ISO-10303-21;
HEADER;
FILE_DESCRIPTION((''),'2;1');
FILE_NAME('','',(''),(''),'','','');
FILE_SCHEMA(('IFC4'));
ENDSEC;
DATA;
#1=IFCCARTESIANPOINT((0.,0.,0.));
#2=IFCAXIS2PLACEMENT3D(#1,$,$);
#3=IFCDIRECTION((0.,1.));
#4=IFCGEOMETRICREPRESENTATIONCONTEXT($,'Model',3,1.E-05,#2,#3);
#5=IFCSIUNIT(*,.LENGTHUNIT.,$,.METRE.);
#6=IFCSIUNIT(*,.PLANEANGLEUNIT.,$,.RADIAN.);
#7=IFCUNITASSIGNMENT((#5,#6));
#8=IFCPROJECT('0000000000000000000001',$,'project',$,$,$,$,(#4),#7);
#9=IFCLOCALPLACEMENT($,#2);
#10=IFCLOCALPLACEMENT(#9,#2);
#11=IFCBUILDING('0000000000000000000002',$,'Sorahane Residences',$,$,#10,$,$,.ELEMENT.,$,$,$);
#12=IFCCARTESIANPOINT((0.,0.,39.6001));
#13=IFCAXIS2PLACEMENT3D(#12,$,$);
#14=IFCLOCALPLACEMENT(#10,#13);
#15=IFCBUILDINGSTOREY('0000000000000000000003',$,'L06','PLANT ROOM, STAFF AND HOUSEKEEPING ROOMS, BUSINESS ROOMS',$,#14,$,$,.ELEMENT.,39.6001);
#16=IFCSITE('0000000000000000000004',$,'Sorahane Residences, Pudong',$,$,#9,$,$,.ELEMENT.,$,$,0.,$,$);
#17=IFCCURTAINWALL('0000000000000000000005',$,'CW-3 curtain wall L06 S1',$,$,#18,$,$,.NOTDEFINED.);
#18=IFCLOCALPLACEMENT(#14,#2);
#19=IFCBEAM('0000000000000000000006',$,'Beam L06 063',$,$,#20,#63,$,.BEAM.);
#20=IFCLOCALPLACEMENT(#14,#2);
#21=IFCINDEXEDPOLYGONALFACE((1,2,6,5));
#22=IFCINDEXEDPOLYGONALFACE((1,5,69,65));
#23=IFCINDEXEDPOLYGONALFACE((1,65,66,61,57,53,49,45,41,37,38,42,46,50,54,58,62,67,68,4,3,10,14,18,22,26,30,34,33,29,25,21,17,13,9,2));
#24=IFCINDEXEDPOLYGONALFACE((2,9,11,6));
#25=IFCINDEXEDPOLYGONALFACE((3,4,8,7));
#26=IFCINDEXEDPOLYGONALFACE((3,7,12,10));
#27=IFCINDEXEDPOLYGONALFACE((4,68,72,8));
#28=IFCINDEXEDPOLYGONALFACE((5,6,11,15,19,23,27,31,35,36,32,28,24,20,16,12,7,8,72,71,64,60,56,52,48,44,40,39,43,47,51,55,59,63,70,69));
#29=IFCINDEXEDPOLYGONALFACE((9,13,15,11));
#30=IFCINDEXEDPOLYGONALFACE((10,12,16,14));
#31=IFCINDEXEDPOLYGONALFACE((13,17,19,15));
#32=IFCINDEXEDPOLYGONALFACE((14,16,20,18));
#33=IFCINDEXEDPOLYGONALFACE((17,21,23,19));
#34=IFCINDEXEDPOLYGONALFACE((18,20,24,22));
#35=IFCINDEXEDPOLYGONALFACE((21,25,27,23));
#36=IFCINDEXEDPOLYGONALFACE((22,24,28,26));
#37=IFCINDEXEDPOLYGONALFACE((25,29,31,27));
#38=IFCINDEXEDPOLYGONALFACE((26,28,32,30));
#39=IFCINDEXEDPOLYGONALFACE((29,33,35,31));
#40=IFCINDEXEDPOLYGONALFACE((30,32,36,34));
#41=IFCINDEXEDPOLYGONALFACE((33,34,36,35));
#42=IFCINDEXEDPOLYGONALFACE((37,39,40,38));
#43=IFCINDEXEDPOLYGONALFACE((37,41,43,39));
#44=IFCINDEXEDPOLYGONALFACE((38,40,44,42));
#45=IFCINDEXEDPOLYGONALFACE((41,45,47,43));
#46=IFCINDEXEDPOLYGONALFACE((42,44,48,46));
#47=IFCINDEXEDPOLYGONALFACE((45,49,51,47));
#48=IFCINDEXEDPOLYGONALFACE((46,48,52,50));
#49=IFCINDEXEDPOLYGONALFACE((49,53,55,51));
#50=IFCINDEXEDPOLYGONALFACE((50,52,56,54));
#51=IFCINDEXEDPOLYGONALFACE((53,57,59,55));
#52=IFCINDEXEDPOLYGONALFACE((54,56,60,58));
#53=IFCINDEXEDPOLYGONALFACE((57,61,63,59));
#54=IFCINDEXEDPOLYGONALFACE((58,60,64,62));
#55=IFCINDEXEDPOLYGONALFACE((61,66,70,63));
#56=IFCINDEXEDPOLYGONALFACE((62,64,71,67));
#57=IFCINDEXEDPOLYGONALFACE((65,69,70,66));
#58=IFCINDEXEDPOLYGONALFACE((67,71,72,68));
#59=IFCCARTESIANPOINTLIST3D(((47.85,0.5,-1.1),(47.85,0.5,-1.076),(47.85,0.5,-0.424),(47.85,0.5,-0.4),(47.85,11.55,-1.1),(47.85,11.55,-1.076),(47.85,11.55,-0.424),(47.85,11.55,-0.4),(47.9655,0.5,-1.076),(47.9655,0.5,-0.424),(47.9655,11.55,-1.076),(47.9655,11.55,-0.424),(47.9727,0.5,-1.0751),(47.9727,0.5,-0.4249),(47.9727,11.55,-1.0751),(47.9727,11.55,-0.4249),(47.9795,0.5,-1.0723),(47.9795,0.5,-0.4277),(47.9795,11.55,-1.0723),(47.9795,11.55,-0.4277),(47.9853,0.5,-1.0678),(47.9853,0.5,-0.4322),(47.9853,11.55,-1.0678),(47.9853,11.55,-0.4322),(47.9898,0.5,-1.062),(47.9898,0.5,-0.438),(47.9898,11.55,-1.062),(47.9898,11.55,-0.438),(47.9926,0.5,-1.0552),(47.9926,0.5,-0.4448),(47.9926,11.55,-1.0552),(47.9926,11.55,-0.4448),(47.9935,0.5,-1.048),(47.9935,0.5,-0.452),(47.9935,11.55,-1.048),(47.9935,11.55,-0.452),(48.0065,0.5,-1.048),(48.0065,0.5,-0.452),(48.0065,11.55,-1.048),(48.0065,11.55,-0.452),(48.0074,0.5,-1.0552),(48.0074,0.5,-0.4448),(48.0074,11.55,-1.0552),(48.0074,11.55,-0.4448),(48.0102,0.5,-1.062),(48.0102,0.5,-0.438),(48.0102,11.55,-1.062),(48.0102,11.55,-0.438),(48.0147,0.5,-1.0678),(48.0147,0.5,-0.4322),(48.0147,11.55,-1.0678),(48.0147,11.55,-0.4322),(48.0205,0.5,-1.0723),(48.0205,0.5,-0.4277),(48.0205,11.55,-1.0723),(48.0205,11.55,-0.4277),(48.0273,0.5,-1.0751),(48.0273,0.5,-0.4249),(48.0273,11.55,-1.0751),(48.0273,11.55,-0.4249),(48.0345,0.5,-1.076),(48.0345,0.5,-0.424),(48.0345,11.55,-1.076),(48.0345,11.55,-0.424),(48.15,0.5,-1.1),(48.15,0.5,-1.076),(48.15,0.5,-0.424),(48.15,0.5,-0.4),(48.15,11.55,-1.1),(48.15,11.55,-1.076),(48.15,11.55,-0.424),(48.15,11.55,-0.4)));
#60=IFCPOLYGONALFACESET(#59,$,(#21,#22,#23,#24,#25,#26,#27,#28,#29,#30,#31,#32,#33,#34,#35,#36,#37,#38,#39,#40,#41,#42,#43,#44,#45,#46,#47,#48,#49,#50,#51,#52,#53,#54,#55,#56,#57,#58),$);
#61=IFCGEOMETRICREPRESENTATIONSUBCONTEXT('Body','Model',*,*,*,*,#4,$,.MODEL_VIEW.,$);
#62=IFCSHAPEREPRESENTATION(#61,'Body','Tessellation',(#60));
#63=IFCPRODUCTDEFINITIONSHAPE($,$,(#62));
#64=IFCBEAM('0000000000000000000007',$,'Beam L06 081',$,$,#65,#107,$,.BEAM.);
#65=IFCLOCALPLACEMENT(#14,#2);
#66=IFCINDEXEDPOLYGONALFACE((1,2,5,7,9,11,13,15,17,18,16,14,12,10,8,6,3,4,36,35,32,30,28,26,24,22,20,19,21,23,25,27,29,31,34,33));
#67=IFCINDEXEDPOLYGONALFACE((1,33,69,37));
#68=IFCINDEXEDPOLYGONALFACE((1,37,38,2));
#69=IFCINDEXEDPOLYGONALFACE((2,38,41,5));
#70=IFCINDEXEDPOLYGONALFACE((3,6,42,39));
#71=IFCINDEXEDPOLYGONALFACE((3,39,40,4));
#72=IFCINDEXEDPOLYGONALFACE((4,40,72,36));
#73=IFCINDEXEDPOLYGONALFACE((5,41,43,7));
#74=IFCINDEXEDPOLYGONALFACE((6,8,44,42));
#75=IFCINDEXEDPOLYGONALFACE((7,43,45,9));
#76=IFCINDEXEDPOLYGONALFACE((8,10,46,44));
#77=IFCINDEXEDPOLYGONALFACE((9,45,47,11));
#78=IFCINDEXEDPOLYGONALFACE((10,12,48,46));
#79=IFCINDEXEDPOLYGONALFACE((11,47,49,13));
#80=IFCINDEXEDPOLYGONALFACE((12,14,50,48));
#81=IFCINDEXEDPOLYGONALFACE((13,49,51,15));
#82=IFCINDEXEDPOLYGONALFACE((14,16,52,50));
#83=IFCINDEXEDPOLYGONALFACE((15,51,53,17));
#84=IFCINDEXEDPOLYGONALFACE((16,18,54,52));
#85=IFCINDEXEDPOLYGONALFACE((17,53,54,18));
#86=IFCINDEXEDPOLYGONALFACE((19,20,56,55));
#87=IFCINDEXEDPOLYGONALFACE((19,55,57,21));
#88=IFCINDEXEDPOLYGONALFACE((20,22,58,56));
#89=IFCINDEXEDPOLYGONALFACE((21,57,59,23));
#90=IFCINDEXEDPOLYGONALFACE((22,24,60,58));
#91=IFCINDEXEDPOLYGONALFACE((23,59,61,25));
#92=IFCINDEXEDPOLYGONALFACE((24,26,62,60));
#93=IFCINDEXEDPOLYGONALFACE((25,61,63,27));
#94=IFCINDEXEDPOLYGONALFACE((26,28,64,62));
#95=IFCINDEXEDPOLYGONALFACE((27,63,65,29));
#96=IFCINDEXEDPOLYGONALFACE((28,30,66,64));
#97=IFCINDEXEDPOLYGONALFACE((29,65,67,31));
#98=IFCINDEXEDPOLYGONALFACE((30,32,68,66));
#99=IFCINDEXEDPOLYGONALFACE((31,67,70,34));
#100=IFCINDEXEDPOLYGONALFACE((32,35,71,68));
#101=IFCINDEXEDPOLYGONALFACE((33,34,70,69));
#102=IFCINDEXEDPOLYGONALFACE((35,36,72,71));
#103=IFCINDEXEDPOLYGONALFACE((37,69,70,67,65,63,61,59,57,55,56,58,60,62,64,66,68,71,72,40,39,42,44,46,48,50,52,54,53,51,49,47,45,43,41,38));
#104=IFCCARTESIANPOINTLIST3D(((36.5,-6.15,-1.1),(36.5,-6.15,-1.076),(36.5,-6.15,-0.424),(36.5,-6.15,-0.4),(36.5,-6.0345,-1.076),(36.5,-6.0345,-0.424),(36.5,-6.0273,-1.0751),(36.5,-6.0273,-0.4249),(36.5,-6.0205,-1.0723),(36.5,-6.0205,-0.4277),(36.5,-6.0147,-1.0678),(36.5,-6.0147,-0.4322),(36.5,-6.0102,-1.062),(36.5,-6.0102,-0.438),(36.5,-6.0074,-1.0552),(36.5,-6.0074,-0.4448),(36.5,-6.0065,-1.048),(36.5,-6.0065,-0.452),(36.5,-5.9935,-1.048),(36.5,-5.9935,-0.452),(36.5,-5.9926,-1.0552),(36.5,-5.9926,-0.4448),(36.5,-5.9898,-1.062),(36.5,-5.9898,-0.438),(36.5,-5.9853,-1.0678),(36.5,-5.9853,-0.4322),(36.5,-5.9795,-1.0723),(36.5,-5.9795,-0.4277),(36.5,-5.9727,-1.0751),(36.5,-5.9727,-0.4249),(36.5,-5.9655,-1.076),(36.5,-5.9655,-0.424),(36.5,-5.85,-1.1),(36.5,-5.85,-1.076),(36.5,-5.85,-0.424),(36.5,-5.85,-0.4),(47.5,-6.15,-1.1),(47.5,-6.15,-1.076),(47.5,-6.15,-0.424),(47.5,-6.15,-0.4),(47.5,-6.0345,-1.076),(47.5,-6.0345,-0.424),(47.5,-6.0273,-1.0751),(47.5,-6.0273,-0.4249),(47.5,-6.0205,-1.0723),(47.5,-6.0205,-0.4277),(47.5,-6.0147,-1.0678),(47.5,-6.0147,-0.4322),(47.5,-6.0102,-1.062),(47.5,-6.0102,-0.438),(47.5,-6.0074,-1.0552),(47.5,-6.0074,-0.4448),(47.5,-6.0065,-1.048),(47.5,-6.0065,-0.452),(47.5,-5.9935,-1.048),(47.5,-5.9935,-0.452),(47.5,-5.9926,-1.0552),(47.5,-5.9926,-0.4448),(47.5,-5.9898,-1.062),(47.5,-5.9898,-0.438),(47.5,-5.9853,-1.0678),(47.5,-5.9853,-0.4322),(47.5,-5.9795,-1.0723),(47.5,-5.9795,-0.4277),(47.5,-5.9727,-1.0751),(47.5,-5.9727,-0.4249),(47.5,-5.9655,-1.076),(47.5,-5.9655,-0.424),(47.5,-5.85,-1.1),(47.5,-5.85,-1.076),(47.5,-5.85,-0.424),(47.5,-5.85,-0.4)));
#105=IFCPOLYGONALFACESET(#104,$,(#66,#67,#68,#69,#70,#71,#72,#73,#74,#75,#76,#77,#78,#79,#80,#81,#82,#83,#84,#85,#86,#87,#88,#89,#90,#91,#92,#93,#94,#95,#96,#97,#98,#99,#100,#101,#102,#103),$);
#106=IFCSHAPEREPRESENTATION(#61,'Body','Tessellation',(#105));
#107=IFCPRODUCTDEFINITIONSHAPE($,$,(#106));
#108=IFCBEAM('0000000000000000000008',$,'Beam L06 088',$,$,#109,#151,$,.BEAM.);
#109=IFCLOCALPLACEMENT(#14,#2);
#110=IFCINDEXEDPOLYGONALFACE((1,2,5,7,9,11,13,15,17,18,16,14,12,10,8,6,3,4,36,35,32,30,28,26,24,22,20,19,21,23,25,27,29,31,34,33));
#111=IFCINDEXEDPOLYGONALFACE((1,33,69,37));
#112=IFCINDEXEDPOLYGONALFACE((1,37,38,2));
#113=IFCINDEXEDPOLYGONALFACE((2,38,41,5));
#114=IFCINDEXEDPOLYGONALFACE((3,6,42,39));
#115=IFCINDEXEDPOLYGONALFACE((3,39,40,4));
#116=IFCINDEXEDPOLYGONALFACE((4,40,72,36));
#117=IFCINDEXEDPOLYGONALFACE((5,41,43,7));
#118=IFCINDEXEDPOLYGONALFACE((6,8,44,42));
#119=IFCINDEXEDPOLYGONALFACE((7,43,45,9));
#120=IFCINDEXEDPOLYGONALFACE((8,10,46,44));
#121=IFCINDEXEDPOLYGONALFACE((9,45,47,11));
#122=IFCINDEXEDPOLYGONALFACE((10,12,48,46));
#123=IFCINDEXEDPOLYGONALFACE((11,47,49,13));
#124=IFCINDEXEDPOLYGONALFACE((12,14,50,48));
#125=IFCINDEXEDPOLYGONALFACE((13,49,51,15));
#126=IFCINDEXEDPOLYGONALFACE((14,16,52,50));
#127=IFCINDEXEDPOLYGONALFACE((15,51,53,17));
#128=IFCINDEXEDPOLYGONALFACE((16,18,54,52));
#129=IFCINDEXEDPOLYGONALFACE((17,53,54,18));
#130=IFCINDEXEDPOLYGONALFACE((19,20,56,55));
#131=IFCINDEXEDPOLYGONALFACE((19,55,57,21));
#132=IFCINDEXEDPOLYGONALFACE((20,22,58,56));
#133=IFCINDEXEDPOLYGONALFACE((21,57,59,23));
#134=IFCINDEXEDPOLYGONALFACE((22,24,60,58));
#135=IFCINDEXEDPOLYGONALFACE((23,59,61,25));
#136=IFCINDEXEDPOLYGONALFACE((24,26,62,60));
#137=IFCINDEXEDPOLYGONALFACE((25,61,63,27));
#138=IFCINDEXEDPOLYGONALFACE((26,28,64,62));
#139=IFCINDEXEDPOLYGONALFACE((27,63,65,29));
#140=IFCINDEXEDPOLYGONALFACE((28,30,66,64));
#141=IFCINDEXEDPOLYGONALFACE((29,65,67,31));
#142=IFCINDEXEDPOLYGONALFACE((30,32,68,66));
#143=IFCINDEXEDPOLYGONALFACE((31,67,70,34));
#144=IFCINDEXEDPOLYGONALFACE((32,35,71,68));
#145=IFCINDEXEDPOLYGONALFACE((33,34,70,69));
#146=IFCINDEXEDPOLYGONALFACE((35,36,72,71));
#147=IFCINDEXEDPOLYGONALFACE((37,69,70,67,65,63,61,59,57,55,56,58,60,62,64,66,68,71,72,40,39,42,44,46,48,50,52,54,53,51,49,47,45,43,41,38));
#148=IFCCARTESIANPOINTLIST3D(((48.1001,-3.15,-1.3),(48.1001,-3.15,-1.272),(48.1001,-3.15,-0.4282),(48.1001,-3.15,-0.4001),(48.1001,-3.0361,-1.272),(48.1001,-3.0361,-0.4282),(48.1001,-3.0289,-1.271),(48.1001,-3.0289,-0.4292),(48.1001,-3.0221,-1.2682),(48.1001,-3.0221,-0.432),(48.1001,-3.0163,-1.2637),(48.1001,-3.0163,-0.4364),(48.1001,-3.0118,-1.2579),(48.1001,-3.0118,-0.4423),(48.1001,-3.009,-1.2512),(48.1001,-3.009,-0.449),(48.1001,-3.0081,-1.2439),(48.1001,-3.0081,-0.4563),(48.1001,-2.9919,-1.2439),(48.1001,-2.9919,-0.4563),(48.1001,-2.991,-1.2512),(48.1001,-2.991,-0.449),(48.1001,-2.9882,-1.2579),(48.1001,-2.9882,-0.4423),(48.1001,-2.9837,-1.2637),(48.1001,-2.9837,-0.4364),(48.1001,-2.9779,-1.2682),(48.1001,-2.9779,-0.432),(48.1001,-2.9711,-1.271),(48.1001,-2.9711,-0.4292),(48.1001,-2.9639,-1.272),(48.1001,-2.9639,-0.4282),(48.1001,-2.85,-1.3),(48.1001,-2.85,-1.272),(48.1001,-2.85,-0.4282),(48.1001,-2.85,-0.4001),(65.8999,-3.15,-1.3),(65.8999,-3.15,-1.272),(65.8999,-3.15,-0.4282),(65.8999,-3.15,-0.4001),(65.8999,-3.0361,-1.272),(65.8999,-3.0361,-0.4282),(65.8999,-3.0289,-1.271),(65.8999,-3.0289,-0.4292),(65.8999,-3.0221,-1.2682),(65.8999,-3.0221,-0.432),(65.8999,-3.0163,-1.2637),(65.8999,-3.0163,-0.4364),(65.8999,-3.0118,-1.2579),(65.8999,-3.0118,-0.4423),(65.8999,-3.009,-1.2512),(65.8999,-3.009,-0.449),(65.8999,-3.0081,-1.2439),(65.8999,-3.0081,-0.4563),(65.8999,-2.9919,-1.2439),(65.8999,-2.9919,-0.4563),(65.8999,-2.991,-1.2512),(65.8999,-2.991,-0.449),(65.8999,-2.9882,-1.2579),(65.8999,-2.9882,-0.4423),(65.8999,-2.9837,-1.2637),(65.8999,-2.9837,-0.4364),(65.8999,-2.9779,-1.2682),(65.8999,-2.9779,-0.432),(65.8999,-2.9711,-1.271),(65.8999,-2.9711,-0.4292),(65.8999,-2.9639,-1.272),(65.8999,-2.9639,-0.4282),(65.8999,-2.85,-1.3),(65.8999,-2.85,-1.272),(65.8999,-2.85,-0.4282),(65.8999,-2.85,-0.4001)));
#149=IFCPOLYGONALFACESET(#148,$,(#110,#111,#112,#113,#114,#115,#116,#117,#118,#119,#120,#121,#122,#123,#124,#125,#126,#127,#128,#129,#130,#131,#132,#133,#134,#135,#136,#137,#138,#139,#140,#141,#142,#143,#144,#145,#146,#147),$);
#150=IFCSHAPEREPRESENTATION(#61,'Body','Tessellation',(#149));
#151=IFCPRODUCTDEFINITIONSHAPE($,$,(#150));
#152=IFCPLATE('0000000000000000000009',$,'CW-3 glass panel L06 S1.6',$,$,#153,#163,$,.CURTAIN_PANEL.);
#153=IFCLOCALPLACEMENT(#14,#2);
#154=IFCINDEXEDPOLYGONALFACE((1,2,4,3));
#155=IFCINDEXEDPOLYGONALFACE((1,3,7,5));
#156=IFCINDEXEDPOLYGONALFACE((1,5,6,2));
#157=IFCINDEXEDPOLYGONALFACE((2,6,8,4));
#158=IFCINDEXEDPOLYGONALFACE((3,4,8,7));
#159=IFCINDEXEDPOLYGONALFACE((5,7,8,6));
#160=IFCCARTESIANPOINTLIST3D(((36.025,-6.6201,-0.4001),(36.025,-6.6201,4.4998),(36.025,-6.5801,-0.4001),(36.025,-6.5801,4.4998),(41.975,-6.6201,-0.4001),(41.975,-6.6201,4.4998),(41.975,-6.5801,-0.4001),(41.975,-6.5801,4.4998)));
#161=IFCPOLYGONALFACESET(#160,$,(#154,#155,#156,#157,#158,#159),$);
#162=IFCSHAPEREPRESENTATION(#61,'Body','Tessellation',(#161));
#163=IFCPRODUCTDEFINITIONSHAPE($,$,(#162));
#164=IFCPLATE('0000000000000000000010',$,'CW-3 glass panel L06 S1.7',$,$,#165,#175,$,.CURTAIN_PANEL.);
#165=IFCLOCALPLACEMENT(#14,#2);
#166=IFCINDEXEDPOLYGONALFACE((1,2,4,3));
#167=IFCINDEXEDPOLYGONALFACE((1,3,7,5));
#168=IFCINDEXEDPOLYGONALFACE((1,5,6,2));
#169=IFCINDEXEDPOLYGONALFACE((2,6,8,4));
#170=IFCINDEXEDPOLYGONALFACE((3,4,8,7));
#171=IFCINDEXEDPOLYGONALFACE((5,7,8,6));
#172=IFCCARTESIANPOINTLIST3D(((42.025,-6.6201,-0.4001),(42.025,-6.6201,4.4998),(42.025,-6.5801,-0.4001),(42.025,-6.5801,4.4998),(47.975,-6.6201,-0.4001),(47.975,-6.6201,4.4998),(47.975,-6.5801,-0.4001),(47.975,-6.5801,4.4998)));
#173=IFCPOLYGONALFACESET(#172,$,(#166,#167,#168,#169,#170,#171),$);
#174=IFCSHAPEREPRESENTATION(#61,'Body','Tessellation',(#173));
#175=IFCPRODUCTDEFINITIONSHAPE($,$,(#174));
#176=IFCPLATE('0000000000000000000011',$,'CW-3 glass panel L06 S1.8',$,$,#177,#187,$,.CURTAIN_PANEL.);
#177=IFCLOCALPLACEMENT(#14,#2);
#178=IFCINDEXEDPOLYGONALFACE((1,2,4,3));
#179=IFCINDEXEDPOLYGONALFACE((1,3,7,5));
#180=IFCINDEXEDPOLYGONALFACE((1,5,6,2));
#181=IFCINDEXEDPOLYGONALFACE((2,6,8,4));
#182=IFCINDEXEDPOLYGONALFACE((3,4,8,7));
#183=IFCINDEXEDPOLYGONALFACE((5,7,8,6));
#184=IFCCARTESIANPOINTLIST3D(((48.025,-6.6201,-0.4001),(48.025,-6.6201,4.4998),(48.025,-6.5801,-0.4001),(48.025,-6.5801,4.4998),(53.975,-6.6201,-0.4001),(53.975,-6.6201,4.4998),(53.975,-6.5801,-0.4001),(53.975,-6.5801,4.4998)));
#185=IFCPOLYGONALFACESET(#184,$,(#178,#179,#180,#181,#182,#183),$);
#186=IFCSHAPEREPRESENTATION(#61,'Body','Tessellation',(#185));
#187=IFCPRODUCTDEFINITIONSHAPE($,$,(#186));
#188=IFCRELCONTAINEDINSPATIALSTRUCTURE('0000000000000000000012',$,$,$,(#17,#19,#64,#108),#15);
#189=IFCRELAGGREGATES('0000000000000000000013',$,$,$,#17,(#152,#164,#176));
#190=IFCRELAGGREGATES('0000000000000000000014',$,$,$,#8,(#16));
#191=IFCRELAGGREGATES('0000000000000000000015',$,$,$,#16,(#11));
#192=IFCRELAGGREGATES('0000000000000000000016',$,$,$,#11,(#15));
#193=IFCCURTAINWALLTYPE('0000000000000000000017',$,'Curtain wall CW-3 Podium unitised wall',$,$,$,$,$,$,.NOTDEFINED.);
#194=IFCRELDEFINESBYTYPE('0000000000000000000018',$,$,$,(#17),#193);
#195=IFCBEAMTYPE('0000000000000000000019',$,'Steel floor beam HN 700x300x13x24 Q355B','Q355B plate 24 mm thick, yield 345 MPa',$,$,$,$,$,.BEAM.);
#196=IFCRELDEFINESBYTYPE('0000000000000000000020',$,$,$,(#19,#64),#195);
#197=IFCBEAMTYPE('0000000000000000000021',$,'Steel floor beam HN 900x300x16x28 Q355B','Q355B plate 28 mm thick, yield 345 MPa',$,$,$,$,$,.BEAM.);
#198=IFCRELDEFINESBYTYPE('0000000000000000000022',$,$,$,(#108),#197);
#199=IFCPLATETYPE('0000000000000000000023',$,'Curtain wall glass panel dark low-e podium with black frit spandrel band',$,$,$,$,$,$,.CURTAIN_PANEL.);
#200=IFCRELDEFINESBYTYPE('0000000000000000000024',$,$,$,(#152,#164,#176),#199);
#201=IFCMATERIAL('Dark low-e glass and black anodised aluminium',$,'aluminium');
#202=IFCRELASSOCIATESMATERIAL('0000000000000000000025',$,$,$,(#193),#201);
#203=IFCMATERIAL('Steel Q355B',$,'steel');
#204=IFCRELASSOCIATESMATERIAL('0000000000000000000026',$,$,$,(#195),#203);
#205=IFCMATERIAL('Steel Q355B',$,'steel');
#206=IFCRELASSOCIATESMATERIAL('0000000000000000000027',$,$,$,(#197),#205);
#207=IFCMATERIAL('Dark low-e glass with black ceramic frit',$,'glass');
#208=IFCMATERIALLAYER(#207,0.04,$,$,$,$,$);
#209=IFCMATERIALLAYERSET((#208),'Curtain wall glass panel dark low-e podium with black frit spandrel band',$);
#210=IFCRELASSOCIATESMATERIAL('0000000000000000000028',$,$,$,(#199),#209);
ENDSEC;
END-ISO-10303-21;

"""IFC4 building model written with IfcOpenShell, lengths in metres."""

from ifc_helpers import new_model, si_unit, direction, frame, origin, origin_2d, place, context, subcontext, project, spatial, rectangle, i_section, extrude, material, layer, layer_set, material_profile, profile_set, type_object, element, aggregate, save


model = new_model("IFC4")

# Units and contexts
model_context = context("Model", 3, precision=1e-05, world=origin(), true_north=direction((0.0, 1.0)))
body_context = subcontext(model_context, "Body", "Model", "MODEL_VIEW")
ifc_project = project(units=[si_unit("LENGTHUNIT", "METRE"), si_unit("PLANEANGLEUNIT", "RADIAN")], contexts=[model_context])

# Site, building, storey
site_placement = place(None, origin())
site = spatial("IfcSite", under=ifc_project, at=site_placement, Name="Sorahane Residences, Pudong", CompositionType="ELEMENT", RefElevation=0.0)
building_placement = place(site_placement, origin())
building = spatial("IfcBuilding", under=site, at=building_placement, Name="Sorahane Residences", CompositionType="ELEMENT")
storey_placement = place(building_placement, frame((0.0, 0.0, 39.6001)))
storey = spatial("IfcBuildingStorey", under=building, at=storey_placement, Name="L06", Description="PLANT ROOM, STAFF AND HOUSEKEEPING ROOMS, BUSINESS ROOMS", CompositionType="ELEMENT", Elevation=39.6001)

# Curtain wall
ifc_material_1 = material(Name="Dark low-e glass and black anodised aluminium", Category="aluminium")
curtain_wall_type = type_object("IfcCurtainWallType", Name="Curtain wall CW-3 Podium unitised wall", PredefinedType="NOTDEFINED", material=ifc_material_1)
curtain_wall_placement = place(storey_placement, origin())
curtain_wall = element("IfcCurtainWall", 1, at=curtain_wall_placement, inside=storey, type_object=curtain_wall_type, Name="CW-3 curtain wall L06 S1", PredefinedType="NOTDEFINED")

# Beams
ifc_material_2 = material(Name="Steel Q355B", Category="steel")
ifc_material_profile_1 = material_profile(ifc_material_2, i_section(OverallWidth=0.3, OverallDepth=0.7, WebThickness=0.0129, FlangeThickness=0.0239, FilletRadius=0.0281, at=origin_2d()), Name="HN 700x300x13x24")
ifc_profile_set_1 = profile_set([ifc_material_profile_1], Name="Steel Q355B")
beam_type_1 = type_object("IfcBeamType", Name="Steel floor beam HN 700x300x13x24 Q355B", Description="Q355B plate 24 mm thick, yield 345 MPa", PredefinedType="BEAM", material=ifc_profile_set_1)
beam_1_placement = place(storey_placement, frame((48.0, 0.5, -0.75), z_axis=(0.0, 1.0, 0.0), x_axis=(-1.0, 0.0, 0.0)))
element("IfcBeam", 2, at=beam_1_placement, inside=storey, type_object=beam_type_1, Name="Beam L06 063", PredefinedType="BEAM", context=body_context, shape_type="SweptSolid", body=[
    extrude(i_section(OverallWidth=0.3, OverallDepth=0.7, WebThickness=0.0129, FlangeThickness=0.0239, FilletRadius=0.0281, at=origin_2d()), origin(), (0.0, 0.0, 1.0), 11.05),
])
beam_2_placement = place(storey_placement, frame((36.5, -6.0, -0.75), z_axis=(1.0, 0.0, 0.0), x_axis=(0.0, 1.0, 0.0)))
element("IfcBeam", 3, at=beam_2_placement, inside=storey, type_object=beam_type_1, Name="Beam L06 081", PredefinedType="BEAM", context=body_context, shape_type="SweptSolid", body=[
    extrude(i_section(OverallWidth=0.3, OverallDepth=0.7, WebThickness=0.0129, FlangeThickness=0.0239, FilletRadius=0.0281, at=origin_2d()), origin(), (0.0, 0.0, 1.0), 11.0),
])
ifc_material_3 = material(Name="Steel Q355B", Category="steel")
ifc_material_profile_2 = material_profile(ifc_material_3, i_section(OverallWidth=0.3, OverallDepth=0.8999, WebThickness=0.0161, FlangeThickness=0.0281, FilletRadius=0.0281, at=origin_2d()), Name="HN 900x300x16x28")
ifc_profile_set_2 = profile_set([ifc_material_profile_2], Name="Steel Q355B")
beam_type_2 = type_object("IfcBeamType", Name="Steel floor beam HN 900x300x16x28 Q355B", Description="Q355B plate 28 mm thick, yield 345 MPa", PredefinedType="BEAM", material=ifc_profile_set_2)
beam_3_placement = place(storey_placement, frame((48.1001, -3.0, -0.8501), z_axis=(1.0, 0.0, 0.0), x_axis=(0.0, 1.0, 0.0)))
element("IfcBeam", 4, at=beam_3_placement, inside=storey, type_object=beam_type_2, Name="Beam L06 088", PredefinedType="BEAM", context=body_context, shape_type="SweptSolid", body=[
    extrude(i_section(OverallWidth=0.3, OverallDepth=0.8999, WebThickness=0.0161, FlangeThickness=0.0281, FilletRadius=0.0281, at=origin_2d()), origin(), (0.0, 0.0, 1.0), 17.7998),
])

# Plates
ifc_material_4 = material(Name="Dark low-e glass with black ceramic frit", Category="glass")
ifc_layer_1 = layer(ifc_material_4, 0.04)
ifc_layer_set_1 = layer_set([ifc_layer_1], Name="Curtain wall glass panel dark low-e podium with black frit spandrel band")
plate_type = type_object("IfcPlateType", Name="Curtain wall glass panel dark low-e podium with black frit spandrel band", PredefinedType="CURTAIN_PANEL", material=ifc_layer_set_1)
plate_1_placement = place(storey_placement, frame((39.0, -6.6001, -0.4001), z_axis=(0.0, 0.0, 1.0), x_axis=(1.0, 0.0, 0.0)))
plate_1 = element("IfcPlate", 5, at=plate_1_placement, type_object=plate_type, Name="CW-3 glass panel L06 S1.6", PredefinedType="CURTAIN_PANEL", context=body_context, shape_type="SweptSolid", body=[
    extrude(rectangle(XDim=5.95, YDim=0.04, at=origin_2d()), origin(), (0.0, 0.0, 1.0), 4.8999),
])
plate_2_placement = place(storey_placement, frame((45.0, -6.6001, -0.4001), z_axis=(0.0, 0.0, 1.0), x_axis=(1.0, 0.0, 0.0)))
plate_2 = element("IfcPlate", 6, at=plate_2_placement, type_object=plate_type, Name="CW-3 glass panel L06 S1.7", PredefinedType="CURTAIN_PANEL", context=body_context, shape_type="SweptSolid", body=[
    extrude(rectangle(XDim=5.95, YDim=0.04, at=origin_2d()), origin(), (0.0, 0.0, 1.0), 4.8999),
])
plate_3_placement = place(storey_placement, frame((51.0, -6.6001, -0.4001), z_axis=(0.0, 0.0, 1.0), x_axis=(1.0, 0.0, 0.0)))
plate_3 = element("IfcPlate", 7, at=plate_3_placement, type_object=plate_type, Name="CW-3 glass panel L06 S1.8", PredefinedType="CURTAIN_PANEL", context=body_context, shape_type="SweptSolid", body=[
    extrude(rectangle(XDim=5.95, YDim=0.04, at=origin_2d()), origin(), (0.0, 0.0, 1.0), 4.8999),
])
aggregate(curtain_wall, [plate_1, plate_2, plate_3])

save(model, "model.ifc")
